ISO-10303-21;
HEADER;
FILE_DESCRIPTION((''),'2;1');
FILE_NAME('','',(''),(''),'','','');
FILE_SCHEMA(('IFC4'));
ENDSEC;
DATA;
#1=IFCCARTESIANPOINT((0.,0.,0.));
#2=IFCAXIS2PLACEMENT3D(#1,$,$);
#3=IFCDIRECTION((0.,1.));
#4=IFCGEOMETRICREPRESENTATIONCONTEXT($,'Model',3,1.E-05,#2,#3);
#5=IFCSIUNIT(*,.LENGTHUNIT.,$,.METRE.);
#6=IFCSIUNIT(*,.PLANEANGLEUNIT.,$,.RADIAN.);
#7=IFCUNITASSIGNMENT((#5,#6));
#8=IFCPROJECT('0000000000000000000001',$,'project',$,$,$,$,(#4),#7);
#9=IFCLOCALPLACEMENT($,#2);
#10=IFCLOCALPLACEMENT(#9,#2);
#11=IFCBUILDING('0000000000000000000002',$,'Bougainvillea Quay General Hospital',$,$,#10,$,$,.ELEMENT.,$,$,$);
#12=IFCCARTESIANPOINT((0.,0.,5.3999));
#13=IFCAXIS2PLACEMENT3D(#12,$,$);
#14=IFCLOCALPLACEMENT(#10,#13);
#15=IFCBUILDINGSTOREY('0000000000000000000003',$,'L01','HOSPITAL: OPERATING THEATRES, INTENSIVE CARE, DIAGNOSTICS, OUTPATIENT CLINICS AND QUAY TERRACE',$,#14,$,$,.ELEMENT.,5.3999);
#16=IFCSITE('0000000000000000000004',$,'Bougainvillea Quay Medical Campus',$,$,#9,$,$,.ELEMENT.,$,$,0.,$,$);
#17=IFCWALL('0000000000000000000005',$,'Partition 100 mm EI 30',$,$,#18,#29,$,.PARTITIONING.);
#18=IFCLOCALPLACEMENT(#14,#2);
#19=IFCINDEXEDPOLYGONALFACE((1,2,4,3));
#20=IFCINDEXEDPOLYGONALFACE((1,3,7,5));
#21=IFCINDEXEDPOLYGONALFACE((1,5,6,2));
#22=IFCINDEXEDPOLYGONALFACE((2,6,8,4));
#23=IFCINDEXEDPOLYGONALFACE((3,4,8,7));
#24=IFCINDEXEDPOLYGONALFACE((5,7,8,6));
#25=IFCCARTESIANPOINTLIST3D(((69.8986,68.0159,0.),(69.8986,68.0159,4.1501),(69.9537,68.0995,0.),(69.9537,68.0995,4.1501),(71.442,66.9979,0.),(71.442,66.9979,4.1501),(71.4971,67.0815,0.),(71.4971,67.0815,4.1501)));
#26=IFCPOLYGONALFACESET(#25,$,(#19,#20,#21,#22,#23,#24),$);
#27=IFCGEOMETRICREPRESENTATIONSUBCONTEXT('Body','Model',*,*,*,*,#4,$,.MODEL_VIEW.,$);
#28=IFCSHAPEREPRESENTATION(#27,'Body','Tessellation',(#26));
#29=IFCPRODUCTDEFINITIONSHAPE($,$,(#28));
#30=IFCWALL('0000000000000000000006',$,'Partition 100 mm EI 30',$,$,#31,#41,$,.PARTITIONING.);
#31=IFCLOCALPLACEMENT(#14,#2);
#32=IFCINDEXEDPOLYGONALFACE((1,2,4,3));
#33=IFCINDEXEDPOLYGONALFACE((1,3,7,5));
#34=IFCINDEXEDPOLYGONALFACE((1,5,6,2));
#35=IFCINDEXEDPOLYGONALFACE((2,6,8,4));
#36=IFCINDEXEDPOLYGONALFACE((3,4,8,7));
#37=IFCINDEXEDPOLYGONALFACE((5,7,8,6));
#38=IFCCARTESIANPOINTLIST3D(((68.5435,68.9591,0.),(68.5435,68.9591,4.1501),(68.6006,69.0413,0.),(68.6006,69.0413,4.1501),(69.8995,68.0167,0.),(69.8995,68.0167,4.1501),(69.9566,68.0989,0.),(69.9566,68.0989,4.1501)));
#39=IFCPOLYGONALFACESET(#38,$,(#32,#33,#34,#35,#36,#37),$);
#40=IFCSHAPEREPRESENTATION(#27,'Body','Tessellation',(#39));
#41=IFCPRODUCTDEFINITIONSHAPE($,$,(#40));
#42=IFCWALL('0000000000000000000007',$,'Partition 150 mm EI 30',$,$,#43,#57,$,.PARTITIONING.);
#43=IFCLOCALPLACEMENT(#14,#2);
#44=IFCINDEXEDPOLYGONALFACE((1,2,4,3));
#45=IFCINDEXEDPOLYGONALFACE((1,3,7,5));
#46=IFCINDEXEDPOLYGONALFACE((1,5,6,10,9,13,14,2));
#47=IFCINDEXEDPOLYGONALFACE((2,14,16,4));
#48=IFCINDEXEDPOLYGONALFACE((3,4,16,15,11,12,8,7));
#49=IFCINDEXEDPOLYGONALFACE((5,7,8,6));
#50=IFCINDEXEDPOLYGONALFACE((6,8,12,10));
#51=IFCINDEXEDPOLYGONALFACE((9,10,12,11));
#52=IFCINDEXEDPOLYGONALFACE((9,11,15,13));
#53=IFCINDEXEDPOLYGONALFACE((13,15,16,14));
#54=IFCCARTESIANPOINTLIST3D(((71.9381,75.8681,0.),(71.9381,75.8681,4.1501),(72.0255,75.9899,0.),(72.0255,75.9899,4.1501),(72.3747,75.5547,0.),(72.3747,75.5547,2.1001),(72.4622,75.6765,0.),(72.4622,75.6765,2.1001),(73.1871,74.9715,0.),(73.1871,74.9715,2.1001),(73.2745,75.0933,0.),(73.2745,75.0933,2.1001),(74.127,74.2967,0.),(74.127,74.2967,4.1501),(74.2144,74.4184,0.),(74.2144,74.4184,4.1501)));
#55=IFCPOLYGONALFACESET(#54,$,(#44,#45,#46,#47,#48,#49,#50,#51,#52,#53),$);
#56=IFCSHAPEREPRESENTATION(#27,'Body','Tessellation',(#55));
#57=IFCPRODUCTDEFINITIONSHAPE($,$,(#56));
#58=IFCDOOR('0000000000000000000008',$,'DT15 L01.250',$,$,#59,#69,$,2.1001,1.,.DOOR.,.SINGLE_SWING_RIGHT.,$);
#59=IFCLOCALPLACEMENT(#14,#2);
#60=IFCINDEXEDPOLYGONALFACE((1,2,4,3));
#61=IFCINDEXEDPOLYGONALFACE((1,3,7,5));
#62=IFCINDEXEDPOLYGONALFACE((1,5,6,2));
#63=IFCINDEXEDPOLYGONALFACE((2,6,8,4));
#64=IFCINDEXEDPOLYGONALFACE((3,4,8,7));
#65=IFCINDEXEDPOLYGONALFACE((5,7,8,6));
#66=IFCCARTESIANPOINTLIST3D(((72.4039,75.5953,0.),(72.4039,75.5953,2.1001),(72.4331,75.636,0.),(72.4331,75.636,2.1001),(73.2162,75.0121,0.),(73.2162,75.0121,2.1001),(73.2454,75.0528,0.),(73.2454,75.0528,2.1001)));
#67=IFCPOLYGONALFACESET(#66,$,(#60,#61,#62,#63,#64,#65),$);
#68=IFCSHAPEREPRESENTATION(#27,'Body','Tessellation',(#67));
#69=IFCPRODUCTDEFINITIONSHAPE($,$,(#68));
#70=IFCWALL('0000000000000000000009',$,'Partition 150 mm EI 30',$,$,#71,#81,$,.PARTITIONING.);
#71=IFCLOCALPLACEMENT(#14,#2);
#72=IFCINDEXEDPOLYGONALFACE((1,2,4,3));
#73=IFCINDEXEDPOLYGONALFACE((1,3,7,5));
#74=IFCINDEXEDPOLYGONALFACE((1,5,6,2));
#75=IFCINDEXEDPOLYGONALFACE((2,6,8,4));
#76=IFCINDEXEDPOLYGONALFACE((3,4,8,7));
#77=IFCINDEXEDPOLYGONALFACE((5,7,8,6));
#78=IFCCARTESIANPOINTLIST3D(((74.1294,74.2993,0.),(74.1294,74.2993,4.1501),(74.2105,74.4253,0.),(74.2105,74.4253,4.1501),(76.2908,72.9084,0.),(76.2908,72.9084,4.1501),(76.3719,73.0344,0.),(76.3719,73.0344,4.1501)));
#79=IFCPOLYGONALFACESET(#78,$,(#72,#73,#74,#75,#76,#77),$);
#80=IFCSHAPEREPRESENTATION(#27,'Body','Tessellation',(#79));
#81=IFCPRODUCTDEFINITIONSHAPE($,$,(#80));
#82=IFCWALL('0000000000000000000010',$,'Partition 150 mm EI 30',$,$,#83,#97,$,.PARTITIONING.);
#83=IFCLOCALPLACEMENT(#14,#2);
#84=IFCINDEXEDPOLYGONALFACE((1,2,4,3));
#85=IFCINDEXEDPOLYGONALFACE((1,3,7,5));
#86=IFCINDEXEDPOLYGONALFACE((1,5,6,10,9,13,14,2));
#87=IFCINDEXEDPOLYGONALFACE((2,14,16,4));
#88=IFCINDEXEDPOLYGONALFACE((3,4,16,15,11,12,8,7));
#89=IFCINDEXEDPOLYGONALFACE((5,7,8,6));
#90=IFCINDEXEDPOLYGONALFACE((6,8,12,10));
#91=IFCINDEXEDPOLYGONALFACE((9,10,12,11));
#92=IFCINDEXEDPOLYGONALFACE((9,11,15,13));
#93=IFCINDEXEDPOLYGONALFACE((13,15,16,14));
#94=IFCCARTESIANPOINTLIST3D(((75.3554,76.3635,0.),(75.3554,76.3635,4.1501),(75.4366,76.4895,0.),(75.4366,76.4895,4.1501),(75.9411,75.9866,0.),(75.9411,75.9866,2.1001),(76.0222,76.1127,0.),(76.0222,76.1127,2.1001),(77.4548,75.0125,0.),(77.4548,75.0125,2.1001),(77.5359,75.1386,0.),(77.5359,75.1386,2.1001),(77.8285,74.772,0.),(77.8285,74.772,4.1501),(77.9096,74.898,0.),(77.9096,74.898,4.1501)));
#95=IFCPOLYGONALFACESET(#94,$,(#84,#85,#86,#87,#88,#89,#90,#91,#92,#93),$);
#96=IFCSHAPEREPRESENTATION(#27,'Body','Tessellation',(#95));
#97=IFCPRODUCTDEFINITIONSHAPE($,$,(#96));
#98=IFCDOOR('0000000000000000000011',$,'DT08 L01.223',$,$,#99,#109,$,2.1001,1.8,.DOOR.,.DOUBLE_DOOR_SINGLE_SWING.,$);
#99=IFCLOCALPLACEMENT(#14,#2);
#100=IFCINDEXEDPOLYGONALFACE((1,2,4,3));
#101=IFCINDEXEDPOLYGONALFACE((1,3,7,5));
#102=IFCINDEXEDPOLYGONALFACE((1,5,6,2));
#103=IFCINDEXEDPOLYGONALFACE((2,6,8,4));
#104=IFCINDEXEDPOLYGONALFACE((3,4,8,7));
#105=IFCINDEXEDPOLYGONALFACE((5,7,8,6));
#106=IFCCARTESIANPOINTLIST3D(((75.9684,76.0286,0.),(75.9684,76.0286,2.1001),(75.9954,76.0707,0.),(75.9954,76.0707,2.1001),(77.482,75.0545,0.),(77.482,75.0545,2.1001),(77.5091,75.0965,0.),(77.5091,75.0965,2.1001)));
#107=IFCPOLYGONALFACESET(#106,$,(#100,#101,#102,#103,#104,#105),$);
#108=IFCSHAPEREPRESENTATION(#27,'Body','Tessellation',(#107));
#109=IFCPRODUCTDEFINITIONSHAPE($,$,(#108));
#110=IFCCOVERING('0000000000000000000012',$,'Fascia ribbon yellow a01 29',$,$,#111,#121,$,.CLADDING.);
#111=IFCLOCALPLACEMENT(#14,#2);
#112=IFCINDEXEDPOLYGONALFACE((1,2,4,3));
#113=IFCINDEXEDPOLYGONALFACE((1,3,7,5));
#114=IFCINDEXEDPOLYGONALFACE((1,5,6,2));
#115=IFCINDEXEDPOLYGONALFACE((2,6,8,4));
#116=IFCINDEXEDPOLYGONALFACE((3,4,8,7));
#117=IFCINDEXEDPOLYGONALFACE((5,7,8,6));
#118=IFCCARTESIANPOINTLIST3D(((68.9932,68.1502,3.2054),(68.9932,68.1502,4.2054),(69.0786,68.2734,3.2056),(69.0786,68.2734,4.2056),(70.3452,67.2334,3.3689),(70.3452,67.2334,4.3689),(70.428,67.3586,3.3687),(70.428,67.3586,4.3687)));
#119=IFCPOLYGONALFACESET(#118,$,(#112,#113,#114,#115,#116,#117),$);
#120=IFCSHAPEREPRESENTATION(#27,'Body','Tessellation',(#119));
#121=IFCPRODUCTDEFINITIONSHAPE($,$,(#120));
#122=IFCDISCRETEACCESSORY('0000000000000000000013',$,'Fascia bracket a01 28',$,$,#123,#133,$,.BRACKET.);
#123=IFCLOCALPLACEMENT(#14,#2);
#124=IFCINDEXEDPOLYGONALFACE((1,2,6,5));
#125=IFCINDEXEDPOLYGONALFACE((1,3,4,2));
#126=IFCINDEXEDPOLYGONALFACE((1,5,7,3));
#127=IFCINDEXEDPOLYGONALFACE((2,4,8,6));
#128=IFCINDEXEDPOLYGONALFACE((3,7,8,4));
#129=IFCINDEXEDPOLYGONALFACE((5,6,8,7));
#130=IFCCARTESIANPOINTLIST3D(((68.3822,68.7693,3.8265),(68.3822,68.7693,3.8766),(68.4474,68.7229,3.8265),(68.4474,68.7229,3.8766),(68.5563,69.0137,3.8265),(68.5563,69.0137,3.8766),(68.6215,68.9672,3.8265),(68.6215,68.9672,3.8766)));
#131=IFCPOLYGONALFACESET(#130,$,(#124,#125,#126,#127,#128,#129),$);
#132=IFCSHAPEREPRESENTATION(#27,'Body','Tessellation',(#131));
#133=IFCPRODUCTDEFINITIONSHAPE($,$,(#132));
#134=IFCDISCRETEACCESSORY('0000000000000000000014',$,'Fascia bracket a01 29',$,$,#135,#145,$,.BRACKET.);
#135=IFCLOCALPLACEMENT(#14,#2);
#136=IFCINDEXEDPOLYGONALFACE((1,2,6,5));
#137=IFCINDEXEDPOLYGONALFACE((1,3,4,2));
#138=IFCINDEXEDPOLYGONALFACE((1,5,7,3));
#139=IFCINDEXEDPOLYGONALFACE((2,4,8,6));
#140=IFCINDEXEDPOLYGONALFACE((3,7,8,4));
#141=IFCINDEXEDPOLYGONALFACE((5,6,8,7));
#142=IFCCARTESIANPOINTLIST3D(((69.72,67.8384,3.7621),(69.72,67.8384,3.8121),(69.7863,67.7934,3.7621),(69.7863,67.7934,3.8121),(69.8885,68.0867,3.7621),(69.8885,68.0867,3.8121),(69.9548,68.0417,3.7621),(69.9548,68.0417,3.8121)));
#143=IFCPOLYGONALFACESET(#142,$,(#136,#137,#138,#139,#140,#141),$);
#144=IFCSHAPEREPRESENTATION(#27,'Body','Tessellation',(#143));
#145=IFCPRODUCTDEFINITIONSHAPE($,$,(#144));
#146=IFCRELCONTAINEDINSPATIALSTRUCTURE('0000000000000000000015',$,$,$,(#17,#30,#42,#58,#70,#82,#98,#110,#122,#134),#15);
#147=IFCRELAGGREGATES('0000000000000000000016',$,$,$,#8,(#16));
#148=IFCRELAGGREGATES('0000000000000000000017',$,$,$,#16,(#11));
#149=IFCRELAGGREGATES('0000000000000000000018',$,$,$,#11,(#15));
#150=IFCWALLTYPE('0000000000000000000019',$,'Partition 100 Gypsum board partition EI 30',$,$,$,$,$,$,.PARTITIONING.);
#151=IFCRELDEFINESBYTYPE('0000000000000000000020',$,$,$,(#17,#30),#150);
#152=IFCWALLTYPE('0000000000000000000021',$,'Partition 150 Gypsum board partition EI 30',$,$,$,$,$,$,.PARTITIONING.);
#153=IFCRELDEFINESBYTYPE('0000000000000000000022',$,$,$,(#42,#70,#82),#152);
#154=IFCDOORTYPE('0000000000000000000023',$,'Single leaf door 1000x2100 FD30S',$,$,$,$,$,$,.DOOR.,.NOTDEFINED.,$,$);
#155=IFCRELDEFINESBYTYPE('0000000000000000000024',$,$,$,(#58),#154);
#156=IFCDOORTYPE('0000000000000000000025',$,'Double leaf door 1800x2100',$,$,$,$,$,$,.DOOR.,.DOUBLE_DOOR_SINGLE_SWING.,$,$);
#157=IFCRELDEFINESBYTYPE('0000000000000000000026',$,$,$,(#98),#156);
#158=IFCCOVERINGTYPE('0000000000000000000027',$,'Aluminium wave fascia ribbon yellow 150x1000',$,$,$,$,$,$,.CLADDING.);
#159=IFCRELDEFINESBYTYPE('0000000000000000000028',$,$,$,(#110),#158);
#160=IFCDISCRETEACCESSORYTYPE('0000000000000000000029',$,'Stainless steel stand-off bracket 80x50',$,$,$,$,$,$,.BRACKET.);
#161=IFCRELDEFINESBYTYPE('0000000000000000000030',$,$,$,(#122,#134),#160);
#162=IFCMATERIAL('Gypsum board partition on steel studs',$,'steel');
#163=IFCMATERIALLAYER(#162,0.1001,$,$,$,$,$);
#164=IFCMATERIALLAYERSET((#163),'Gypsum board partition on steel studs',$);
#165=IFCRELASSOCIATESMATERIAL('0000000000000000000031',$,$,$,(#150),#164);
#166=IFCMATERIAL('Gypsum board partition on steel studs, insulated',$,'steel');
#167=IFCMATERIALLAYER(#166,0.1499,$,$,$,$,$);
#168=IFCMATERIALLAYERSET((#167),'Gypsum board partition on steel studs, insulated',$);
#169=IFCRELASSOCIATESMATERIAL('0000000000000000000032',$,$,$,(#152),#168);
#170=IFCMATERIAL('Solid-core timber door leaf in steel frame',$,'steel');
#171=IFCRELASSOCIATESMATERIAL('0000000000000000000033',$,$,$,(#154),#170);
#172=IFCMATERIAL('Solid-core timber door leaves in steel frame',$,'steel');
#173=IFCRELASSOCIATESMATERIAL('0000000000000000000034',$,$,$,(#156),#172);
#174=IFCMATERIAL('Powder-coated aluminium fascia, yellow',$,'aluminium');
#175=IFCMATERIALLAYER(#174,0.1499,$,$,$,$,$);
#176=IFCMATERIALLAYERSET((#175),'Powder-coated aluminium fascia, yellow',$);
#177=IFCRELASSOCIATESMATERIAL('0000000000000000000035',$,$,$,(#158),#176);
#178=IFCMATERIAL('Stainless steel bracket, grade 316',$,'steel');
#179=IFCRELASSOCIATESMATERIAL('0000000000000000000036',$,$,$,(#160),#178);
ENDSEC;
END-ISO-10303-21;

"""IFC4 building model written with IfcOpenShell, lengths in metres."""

from ifc_helpers import new_model, si_unit, direction, frame, frame_2d, origin, origin_2d, place, context, subcontext, project, spatial, polyline, rectangle, outline, extrude, material, layer, layer_set, material_profile, profile_set, type_object, element, fill, save


model = new_model("IFC4")

# Units and contexts
model_context = context("Model", 3, precision=1e-05, world=origin(), true_north=direction((0.0, 1.0)))
body_context = subcontext(model_context, "Body", "Model", "MODEL_VIEW")
ifc_project = project(units=[si_unit("LENGTHUNIT", "METRE"), si_unit("PLANEANGLEUNIT", "RADIAN")], contexts=[model_context])

# Site, building, storey
site_placement = place(None, origin())
site = spatial("IfcSite", under=ifc_project, at=site_placement, Name="Bougainvillea Quay Medical Campus", CompositionType="ELEMENT", RefElevation=0.0)
building_placement = place(site_placement, origin())
building = spatial("IfcBuilding", under=site, at=building_placement, Name="Bougainvillea Quay General Hospital", CompositionType="ELEMENT")
storey_placement = place(building_placement, frame((0.0, 0.0, 5.3999)))
storey = spatial("IfcBuildingStorey", under=building, at=storey_placement, Name="L01", Description="HOSPITAL: OPERATING THEATRES, INTENSIVE CARE, DIAGNOSTICS, OUTPATIENT CLINICS AND QUAY TERRACE", CompositionType="ELEMENT", Elevation=5.3999)

# Walls
ifc_material_1 = material(Name="Gypsum board partition on steel studs", Category="steel")
ifc_layer_1 = layer(ifc_material_1, 0.1001)
ifc_layer_set_1 = layer_set([ifc_layer_1], Name="Gypsum board partition on steel studs")
wall_type_1 = type_object("IfcWallType", Name="Partition 100 Gypsum board partition EI 30", PredefinedType="PARTITIONING", material=ifc_layer_set_1)
wall_1_placement = place(storey_placement, frame((69.9263, 68.0576, 0.0), z_axis=(0.0, 0.0, 1.0), x_axis=(0.834762, -0.55061, 0.0)))
element("IfcWall", 1, at=wall_1_placement, inside=storey, type_object=wall_type_1, Name="Partition 100 mm EI 30", PredefinedType="PARTITIONING", context=body_context, shape_type="SweptSolid", body=[
    extrude(rectangle(XDim=1.8489, YDim=0.1001, at=frame_2d((0.9243, 0.0))), origin(), (0.0, 0.0, 1.0), 4.1501),
])
wall_2_placement = place(storey_placement, frame((68.572, 69.0002, 0.0), z_axis=(0.0, 0.0, 1.0), x_axis=(0.821158, -0.570701, 0.0)))
element("IfcWall", 2, at=wall_2_placement, inside=storey, type_object=wall_type_1, Name="Partition 100 mm EI 30", PredefinedType="PARTITIONING", context=body_context, shape_type="SweptSolid", body=[
    extrude(rectangle(XDim=1.6514, YDim=0.1001, at=frame_2d((0.8257, 0.0))), origin(), (0.0, 0.0, 1.0), 4.1501),
])

# Wall, opening, door
ifc_material_2 = material(Name="Gypsum board partition on steel studs, insulated", Category="steel")
ifc_layer_2 = layer(ifc_material_2, 0.1499)
ifc_layer_set_2 = layer_set([ifc_layer_2], Name="Gypsum board partition on steel studs, insulated")
wall_type_2 = type_object("IfcWallType", Name="Partition 150 Gypsum board partition EI 30", PredefinedType="PARTITIONING", material=ifc_layer_set_2)
wall_3_placement = place(storey_placement, frame((71.9819, 75.929, 0.0), z_axis=(0.0, 0.0, 1.0), x_axis=(0.812329, -0.583199, 0.0)))
wall_3 = element("IfcWall", 3, at=wall_3_placement, inside=storey, type_object=wall_type_2, Name="Partition 150 mm EI 30", PredefinedType="PARTITIONING", context=body_context, shape_type="SweptSolid", body=[
    extrude(rectangle(XDim=2.6946, YDim=0.1499, at=frame_2d((1.3472, 0.0))), origin(), (0.0, 0.0, 1.0), 4.1501),
])
opening_1_placement = place(wall_3_placement, frame((0.5374, 0.0, 0.0)))
opening_1 = element("IfcOpeningElement", 4, at=opening_1_placement, cuts=wall_3, PredefinedType="OPENING", context=body_context, shape_type="SweptSolid", body=[
    extrude(rectangle(XDim=1.0, YDim=2.1001, at=frame_2d((0.5, 1.05))), frame((0.0, 0.085, 0.0), z_axis=(0.0, -1.0, 0.0), x_axis=(1.0, 0.0, 0.0)), (0.0, 0.0, 1.0), 0.1699),
])
ifc_material_3 = material(Name="Solid-core timber door leaf in steel frame", Category="steel")
door_type_1 = type_object("IfcDoorType", Name="Single leaf door 1000x2100 FD30S", OperationType="NOTDEFINED", PredefinedType="DOOR", material=ifc_material_3)
door_1_placement = place(opening_1_placement, frame((1.0, 0.0, 0.0), z_axis=(0.0, 0.0, 1.0), x_axis=(-1.0, 0.0, 0.0)))
door_1 = element("IfcDoor", 5, at=door_1_placement, inside=storey, type_object=door_type_1, Name="DT15 L01.250", OperationType="SINGLE_SWING_RIGHT", OverallHeight=2.1001, OverallWidth=1.0, PredefinedType="DOOR", context=body_context, shape_type="SweptSolid", body=[
    extrude(rectangle(XDim=1.0, YDim=2.1001, at=frame_2d((0.5, 1.05))), frame((0.0, 0.0249, 0.0), z_axis=(0.0, -1.0, 0.0), x_axis=(1.0, 0.0, 0.0)), (0.0, 0.0, 1.0), 0.05),
])
fill(opening_1, door_1)

# Wall
wall_4_placement = place(storey_placement, frame((74.1699, 74.3623, 0.0), z_axis=(0.0, 0.0, 1.0), x_axis=(0.840928, -0.541146, 0.0)))
element("IfcWall", 6, at=wall_4_placement, inside=storey, type_object=wall_type_2, Name="Partition 150 mm EI 30", PredefinedType="PARTITIONING", context=body_context, shape_type="SweptSolid", body=[
    extrude(rectangle(XDim=2.5703, YDim=0.1499, at=frame_2d((1.2852, 0.0))), origin(), (0.0, 0.0, 1.0), 4.1501),
])

# Wall, opening, door
wall_5_placement = place(storey_placement, frame((75.396, 76.4265, 0.0), z_axis=(0.0, 0.0, 1.0), x_axis=(0.840919, -0.54116, 0.0)))
wall_5 = element("IfcWall", 7, at=wall_5_placement, inside=storey, type_object=wall_type_2, Name="Partition 150 mm EI 30", PredefinedType="PARTITIONING", context=body_context, shape_type="SweptSolid", body=[
    extrude(rectangle(XDim=2.9409, YDim=0.1499, at=frame_2d((1.4705, 0.0))), origin(), (0.0, 0.0, 1.0), 4.1501),
])
opening_2_placement = place(wall_5_placement, frame((0.6965, 0.0, 0.0)))
opening_2 = element("IfcOpeningElement", 8, at=opening_2_placement, cuts=wall_5, PredefinedType="OPENING", context=body_context, shape_type="SweptSolid", body=[
    extrude(rectangle(XDim=1.8, YDim=2.1001, at=frame_2d((0.8999, 1.05))), frame((0.0, 0.085, 0.0), z_axis=(0.0, -1.0, 0.0), x_axis=(1.0, 0.0, 0.0)), (0.0, 0.0, 1.0), 0.1699),
])
ifc_material_4 = material(Name="Solid-core timber door leaves in steel frame", Category="steel")
door_type_2 = type_object("IfcDoorType", Name="Double leaf door 1800x2100", OperationType="DOUBLE_DOOR_SINGLE_SWING", PredefinedType="DOOR", material=ifc_material_4)
door_2_placement = place(opening_2_placement, frame((1.8, 0.0, 0.0), z_axis=(0.0, 0.0, 1.0), x_axis=(-1.0, 0.0, 0.0)))
door_2 = element("IfcDoor", 9, at=door_2_placement, inside=storey, type_object=door_type_2, Name="DT08 L01.223", OperationType="DOUBLE_DOOR_SINGLE_SWING", OverallHeight=2.1001, OverallWidth=1.8, PredefinedType="DOOR", context=body_context, shape_type="SweptSolid", body=[
    extrude(rectangle(XDim=1.8, YDim=2.1001, at=frame_2d((0.8999, 1.05))), frame((0.0, 0.0249, 0.0), z_axis=(0.0, -1.0, 0.0), x_axis=(1.0, 0.0, 0.0)), (0.0, 0.0, 1.0), 0.05),
])
fill(opening_2, door_2)

# Covering
ifc_material_5 = material(Name="Powder-coated aluminium fascia, yellow", Category="aluminium")
ifc_layer_3 = layer(ifc_material_5, 0.1499)
ifc_layer_set_3 = layer_set([ifc_layer_3], Name="Powder-coated aluminium fascia, yellow")
covering_type = type_object("IfcCoveringType", Name="Aluminium wave fascia ribbon yellow 150x1000", PredefinedType="CLADDING", material=ifc_layer_set_3)
covering_placement = place(storey_placement, frame((69.0786, 68.2734, 3.2056), z_axis=(-0.082475, 0.05582, 0.995029), x_axis=(0.823602, -0.558356, 0.099589)))
element("IfcCovering", 10, at=covering_placement, inside=storey, type_object=covering_type, Name="Fascia ribbon yellow a01 29", PredefinedType="CLADDING", context=body_context, shape_type="SweptSolid", body=[
    extrude(outline(polyline([(0.0, 0.0), (1.6384, 0.0), (1.6402, -0.1501), (-0.0016, -0.15), (0.0, 0.0)])), origin(), (0.099589, 0.000077, 0.995029), 1.0),
])

# Discrete accessories
ifc_material_6 = material(Name="Stainless steel bracket, grade 316", Category="steel")
ifc_material_profile_1 = material_profile(ifc_material_6, rectangle(XDim=0.0801, YDim=0.05, at=origin_2d()))
ifc_profile_set_1 = profile_set([ifc_material_profile_1], Name="Stainless steel bracket, grade 316")
discrete_accessory_type = type_object("IfcDiscreteAccessoryType", Name="Stainless steel stand-off bracket 80x50", PredefinedType="BRACKET", material=ifc_profile_set_1)
for number, where, z_axis, x_axis, name in (
    (11, (68.5889, 68.9905, 3.8516), (-0.58016, -0.814502, 0.0), (0.814502, -0.58016, 0.0), "Fascia bracket a01 28"),
    (12, (69.9216, 68.0642, 3.7871), (-0.561442, -0.827516, 0.0), (0.827516, -0.561442, 0.0), "Fascia bracket a01 29"),
):
    element("IfcDiscreteAccessory", number, at=place(storey_placement, frame(where, z_axis=z_axis, x_axis=x_axis)), inside=storey, type_object=discrete_accessory_type, Name=name, PredefinedType="BRACKET", context=body_context, shape_type="SweptSolid", body=[
        extrude(rectangle(XDim=0.0801, YDim=0.05, at=origin_2d()), origin(), (0.0, 0.0, 1.0), 0.3),
    ])

save(model, "model.ifc")
